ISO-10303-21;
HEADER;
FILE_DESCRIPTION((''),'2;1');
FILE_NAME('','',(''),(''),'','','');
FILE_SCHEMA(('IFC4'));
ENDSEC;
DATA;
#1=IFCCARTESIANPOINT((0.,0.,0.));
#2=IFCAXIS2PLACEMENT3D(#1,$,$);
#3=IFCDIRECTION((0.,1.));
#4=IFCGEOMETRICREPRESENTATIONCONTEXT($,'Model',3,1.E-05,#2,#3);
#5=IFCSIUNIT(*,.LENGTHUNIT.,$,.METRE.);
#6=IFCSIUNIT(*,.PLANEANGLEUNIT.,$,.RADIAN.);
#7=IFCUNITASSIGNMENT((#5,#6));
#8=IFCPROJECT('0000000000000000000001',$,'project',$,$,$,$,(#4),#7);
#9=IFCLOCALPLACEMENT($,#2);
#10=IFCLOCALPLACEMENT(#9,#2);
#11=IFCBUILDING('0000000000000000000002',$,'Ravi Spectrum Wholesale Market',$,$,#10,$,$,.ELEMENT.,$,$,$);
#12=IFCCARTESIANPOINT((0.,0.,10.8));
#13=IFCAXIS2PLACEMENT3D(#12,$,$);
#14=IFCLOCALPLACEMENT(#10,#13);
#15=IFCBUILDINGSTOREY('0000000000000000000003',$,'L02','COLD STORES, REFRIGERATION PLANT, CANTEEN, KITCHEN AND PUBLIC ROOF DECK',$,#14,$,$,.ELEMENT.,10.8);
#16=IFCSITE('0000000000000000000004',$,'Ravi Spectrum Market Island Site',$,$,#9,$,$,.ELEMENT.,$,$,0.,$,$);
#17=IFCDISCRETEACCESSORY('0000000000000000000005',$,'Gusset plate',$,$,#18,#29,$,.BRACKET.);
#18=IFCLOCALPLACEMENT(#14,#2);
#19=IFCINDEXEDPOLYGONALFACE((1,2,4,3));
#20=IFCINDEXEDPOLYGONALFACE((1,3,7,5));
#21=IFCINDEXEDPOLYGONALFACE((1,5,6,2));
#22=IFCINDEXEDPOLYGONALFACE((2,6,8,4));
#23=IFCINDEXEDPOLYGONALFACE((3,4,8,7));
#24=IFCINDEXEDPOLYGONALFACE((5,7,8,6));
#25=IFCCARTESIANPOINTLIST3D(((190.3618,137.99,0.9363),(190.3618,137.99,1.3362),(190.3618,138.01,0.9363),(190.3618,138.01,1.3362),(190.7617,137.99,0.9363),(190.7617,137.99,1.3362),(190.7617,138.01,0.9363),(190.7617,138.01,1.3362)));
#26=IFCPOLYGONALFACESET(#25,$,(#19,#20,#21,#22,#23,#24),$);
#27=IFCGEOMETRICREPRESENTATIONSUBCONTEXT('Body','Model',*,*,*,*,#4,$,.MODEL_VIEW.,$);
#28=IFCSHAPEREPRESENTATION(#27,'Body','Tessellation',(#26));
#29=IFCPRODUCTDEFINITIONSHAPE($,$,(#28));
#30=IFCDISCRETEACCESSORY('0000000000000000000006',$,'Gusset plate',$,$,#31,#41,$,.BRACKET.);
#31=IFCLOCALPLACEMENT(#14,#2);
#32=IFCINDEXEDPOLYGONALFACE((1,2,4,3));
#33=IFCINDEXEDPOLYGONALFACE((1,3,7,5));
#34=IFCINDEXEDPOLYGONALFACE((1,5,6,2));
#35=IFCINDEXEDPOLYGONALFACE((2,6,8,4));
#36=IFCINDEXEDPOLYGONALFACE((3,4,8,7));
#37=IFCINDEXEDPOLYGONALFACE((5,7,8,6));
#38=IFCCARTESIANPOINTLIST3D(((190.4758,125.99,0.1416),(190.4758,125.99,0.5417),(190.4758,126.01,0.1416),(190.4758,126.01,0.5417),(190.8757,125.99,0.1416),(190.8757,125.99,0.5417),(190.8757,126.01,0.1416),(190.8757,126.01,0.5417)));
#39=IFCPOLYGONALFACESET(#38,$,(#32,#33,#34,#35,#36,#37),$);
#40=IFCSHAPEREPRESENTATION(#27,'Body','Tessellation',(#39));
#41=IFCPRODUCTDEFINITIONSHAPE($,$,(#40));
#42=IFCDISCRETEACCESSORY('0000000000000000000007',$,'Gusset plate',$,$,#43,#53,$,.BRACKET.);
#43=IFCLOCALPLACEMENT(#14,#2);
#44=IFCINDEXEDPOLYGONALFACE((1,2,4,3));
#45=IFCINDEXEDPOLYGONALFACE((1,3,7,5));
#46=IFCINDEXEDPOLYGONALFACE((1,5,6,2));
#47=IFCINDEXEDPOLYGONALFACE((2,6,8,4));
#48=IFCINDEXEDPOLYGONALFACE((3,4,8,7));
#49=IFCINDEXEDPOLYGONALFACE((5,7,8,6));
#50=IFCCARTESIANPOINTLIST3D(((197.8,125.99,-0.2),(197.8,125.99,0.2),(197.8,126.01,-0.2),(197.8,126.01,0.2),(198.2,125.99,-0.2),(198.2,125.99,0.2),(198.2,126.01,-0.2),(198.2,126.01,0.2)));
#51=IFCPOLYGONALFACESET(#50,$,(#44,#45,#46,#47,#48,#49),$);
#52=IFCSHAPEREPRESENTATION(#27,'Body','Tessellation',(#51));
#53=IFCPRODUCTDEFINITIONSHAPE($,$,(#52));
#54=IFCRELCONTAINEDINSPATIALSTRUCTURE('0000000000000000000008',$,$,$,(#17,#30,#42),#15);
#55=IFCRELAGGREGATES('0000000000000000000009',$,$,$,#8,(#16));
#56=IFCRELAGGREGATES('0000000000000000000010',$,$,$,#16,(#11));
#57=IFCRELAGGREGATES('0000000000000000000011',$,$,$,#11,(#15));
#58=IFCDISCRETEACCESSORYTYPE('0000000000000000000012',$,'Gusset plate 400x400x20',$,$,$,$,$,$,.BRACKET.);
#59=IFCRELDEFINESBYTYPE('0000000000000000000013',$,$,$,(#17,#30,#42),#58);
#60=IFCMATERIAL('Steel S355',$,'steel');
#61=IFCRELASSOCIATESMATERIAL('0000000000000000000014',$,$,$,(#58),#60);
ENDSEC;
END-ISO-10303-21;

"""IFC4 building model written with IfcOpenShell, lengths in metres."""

from ifc_helpers import new_model, si_unit, direction, frame, origin, origin_2d, place, context, subcontext, project, spatial, rectangle, extrude, material, material_profile, profile_set, type_object, element, save


model = new_model("IFC4")

# Units and contexts
model_context = context("Model", 3, precision=1e-05, world=origin(), true_north=direction((0.0, 1.0)))
body_context = subcontext(model_context, "Body", "Model", "MODEL_VIEW")
ifc_project = project(units=[si_unit("LENGTHUNIT", "METRE"), si_unit("PLANEANGLEUNIT", "RADIAN")], contexts=[model_context])

# Site, building, storey
site_placement = place(None, origin())
site = spatial("IfcSite", under=ifc_project, at=site_placement, Name="Ravi Spectrum Market Island Site", CompositionType="ELEMENT", RefElevation=0.0)
building_placement = place(site_placement, origin())
building = spatial("IfcBuilding", under=site, at=building_placement, Name="Ravi Spectrum Wholesale Market", CompositionType="ELEMENT")
storey_placement = place(building_placement, frame((0.0, 0.0, 10.8)))
storey = spatial("IfcBuildingStorey", under=building, at=storey_placement, Name="L02", Description="COLD STORES, REFRIGERATION PLANT, CANTEEN, KITCHEN AND PUBLIC ROOF DECK", CompositionType="ELEMENT", Elevation=10.8)

# Discrete accessories
ifc_material_1 = material(Name="Steel S355", Category="steel")
ifc_material_profile_1 = material_profile(ifc_material_1, rectangle(XDim=0.3999, YDim=0.02, at=origin_2d()))
ifc_profile_set_1 = profile_set([ifc_material_profile_1], Name="Steel S355")
discrete_accessory_type_1 = type_object("IfcDiscreteAccessoryType", Name="Gusset plate 400x400x20", PredefinedType="BRACKET", material=ifc_profile_set_1)
discrete_accessory_1_placement = place(storey_placement, frame((190.5618, 138.0, 0.9363), z_axis=(0.0, 0.0, 1.0), x_axis=(-1.0, 0.0, 0.0)))
element("IfcDiscreteAccessory", 1, at=discrete_accessory_1_placement, inside=storey, type_object=discrete_accessory_type_1, Name="Gusset plate", PredefinedType="BRACKET", context=body_context, shape_type="SweptSolid", body=[
    extrude(rectangle(XDim=0.3999, YDim=0.02, at=origin_2d()), origin(), (0.0, 0.0, 1.0), 0.3999),
])
discrete_accessory_2_placement = place(storey_placement, frame((190.6758, 126.0, 0.1416), z_axis=(0.0, 0.0, 1.0), x_axis=(-1.0, 0.0, 0.0)))
element("IfcDiscreteAccessory", 2, at=discrete_accessory_2_placement, inside=storey, type_object=discrete_accessory_type_1, Name="Gusset plate", PredefinedType="BRACKET", context=body_context, shape_type="SweptSolid", body=[
    extrude(rectangle(XDim=0.3999, YDim=0.02, at=origin_2d()), origin(), (0.0, 0.0, 1.0), 0.4001),
])
discrete_accessory_3_placement = place(storey_placement, frame((198.0, 126.0, -0.2), z_axis=(0.0, 0.0, 1.0), x_axis=(1.0, 0.0, 0.0)))
element("IfcDiscreteAccessory", 3, at=discrete_accessory_3_placement, inside=storey, type_object=discrete_accessory_type_1, Name="Gusset plate", PredefinedType="BRACKET", context=body_context, shape_type="SweptSolid", body=[
    extrude(rectangle(XDim=0.3999, YDim=0.02, at=origin_2d()), origin(), (0.0, 0.0, 1.0), 0.3999),
])

save(model, "model.ifc")
